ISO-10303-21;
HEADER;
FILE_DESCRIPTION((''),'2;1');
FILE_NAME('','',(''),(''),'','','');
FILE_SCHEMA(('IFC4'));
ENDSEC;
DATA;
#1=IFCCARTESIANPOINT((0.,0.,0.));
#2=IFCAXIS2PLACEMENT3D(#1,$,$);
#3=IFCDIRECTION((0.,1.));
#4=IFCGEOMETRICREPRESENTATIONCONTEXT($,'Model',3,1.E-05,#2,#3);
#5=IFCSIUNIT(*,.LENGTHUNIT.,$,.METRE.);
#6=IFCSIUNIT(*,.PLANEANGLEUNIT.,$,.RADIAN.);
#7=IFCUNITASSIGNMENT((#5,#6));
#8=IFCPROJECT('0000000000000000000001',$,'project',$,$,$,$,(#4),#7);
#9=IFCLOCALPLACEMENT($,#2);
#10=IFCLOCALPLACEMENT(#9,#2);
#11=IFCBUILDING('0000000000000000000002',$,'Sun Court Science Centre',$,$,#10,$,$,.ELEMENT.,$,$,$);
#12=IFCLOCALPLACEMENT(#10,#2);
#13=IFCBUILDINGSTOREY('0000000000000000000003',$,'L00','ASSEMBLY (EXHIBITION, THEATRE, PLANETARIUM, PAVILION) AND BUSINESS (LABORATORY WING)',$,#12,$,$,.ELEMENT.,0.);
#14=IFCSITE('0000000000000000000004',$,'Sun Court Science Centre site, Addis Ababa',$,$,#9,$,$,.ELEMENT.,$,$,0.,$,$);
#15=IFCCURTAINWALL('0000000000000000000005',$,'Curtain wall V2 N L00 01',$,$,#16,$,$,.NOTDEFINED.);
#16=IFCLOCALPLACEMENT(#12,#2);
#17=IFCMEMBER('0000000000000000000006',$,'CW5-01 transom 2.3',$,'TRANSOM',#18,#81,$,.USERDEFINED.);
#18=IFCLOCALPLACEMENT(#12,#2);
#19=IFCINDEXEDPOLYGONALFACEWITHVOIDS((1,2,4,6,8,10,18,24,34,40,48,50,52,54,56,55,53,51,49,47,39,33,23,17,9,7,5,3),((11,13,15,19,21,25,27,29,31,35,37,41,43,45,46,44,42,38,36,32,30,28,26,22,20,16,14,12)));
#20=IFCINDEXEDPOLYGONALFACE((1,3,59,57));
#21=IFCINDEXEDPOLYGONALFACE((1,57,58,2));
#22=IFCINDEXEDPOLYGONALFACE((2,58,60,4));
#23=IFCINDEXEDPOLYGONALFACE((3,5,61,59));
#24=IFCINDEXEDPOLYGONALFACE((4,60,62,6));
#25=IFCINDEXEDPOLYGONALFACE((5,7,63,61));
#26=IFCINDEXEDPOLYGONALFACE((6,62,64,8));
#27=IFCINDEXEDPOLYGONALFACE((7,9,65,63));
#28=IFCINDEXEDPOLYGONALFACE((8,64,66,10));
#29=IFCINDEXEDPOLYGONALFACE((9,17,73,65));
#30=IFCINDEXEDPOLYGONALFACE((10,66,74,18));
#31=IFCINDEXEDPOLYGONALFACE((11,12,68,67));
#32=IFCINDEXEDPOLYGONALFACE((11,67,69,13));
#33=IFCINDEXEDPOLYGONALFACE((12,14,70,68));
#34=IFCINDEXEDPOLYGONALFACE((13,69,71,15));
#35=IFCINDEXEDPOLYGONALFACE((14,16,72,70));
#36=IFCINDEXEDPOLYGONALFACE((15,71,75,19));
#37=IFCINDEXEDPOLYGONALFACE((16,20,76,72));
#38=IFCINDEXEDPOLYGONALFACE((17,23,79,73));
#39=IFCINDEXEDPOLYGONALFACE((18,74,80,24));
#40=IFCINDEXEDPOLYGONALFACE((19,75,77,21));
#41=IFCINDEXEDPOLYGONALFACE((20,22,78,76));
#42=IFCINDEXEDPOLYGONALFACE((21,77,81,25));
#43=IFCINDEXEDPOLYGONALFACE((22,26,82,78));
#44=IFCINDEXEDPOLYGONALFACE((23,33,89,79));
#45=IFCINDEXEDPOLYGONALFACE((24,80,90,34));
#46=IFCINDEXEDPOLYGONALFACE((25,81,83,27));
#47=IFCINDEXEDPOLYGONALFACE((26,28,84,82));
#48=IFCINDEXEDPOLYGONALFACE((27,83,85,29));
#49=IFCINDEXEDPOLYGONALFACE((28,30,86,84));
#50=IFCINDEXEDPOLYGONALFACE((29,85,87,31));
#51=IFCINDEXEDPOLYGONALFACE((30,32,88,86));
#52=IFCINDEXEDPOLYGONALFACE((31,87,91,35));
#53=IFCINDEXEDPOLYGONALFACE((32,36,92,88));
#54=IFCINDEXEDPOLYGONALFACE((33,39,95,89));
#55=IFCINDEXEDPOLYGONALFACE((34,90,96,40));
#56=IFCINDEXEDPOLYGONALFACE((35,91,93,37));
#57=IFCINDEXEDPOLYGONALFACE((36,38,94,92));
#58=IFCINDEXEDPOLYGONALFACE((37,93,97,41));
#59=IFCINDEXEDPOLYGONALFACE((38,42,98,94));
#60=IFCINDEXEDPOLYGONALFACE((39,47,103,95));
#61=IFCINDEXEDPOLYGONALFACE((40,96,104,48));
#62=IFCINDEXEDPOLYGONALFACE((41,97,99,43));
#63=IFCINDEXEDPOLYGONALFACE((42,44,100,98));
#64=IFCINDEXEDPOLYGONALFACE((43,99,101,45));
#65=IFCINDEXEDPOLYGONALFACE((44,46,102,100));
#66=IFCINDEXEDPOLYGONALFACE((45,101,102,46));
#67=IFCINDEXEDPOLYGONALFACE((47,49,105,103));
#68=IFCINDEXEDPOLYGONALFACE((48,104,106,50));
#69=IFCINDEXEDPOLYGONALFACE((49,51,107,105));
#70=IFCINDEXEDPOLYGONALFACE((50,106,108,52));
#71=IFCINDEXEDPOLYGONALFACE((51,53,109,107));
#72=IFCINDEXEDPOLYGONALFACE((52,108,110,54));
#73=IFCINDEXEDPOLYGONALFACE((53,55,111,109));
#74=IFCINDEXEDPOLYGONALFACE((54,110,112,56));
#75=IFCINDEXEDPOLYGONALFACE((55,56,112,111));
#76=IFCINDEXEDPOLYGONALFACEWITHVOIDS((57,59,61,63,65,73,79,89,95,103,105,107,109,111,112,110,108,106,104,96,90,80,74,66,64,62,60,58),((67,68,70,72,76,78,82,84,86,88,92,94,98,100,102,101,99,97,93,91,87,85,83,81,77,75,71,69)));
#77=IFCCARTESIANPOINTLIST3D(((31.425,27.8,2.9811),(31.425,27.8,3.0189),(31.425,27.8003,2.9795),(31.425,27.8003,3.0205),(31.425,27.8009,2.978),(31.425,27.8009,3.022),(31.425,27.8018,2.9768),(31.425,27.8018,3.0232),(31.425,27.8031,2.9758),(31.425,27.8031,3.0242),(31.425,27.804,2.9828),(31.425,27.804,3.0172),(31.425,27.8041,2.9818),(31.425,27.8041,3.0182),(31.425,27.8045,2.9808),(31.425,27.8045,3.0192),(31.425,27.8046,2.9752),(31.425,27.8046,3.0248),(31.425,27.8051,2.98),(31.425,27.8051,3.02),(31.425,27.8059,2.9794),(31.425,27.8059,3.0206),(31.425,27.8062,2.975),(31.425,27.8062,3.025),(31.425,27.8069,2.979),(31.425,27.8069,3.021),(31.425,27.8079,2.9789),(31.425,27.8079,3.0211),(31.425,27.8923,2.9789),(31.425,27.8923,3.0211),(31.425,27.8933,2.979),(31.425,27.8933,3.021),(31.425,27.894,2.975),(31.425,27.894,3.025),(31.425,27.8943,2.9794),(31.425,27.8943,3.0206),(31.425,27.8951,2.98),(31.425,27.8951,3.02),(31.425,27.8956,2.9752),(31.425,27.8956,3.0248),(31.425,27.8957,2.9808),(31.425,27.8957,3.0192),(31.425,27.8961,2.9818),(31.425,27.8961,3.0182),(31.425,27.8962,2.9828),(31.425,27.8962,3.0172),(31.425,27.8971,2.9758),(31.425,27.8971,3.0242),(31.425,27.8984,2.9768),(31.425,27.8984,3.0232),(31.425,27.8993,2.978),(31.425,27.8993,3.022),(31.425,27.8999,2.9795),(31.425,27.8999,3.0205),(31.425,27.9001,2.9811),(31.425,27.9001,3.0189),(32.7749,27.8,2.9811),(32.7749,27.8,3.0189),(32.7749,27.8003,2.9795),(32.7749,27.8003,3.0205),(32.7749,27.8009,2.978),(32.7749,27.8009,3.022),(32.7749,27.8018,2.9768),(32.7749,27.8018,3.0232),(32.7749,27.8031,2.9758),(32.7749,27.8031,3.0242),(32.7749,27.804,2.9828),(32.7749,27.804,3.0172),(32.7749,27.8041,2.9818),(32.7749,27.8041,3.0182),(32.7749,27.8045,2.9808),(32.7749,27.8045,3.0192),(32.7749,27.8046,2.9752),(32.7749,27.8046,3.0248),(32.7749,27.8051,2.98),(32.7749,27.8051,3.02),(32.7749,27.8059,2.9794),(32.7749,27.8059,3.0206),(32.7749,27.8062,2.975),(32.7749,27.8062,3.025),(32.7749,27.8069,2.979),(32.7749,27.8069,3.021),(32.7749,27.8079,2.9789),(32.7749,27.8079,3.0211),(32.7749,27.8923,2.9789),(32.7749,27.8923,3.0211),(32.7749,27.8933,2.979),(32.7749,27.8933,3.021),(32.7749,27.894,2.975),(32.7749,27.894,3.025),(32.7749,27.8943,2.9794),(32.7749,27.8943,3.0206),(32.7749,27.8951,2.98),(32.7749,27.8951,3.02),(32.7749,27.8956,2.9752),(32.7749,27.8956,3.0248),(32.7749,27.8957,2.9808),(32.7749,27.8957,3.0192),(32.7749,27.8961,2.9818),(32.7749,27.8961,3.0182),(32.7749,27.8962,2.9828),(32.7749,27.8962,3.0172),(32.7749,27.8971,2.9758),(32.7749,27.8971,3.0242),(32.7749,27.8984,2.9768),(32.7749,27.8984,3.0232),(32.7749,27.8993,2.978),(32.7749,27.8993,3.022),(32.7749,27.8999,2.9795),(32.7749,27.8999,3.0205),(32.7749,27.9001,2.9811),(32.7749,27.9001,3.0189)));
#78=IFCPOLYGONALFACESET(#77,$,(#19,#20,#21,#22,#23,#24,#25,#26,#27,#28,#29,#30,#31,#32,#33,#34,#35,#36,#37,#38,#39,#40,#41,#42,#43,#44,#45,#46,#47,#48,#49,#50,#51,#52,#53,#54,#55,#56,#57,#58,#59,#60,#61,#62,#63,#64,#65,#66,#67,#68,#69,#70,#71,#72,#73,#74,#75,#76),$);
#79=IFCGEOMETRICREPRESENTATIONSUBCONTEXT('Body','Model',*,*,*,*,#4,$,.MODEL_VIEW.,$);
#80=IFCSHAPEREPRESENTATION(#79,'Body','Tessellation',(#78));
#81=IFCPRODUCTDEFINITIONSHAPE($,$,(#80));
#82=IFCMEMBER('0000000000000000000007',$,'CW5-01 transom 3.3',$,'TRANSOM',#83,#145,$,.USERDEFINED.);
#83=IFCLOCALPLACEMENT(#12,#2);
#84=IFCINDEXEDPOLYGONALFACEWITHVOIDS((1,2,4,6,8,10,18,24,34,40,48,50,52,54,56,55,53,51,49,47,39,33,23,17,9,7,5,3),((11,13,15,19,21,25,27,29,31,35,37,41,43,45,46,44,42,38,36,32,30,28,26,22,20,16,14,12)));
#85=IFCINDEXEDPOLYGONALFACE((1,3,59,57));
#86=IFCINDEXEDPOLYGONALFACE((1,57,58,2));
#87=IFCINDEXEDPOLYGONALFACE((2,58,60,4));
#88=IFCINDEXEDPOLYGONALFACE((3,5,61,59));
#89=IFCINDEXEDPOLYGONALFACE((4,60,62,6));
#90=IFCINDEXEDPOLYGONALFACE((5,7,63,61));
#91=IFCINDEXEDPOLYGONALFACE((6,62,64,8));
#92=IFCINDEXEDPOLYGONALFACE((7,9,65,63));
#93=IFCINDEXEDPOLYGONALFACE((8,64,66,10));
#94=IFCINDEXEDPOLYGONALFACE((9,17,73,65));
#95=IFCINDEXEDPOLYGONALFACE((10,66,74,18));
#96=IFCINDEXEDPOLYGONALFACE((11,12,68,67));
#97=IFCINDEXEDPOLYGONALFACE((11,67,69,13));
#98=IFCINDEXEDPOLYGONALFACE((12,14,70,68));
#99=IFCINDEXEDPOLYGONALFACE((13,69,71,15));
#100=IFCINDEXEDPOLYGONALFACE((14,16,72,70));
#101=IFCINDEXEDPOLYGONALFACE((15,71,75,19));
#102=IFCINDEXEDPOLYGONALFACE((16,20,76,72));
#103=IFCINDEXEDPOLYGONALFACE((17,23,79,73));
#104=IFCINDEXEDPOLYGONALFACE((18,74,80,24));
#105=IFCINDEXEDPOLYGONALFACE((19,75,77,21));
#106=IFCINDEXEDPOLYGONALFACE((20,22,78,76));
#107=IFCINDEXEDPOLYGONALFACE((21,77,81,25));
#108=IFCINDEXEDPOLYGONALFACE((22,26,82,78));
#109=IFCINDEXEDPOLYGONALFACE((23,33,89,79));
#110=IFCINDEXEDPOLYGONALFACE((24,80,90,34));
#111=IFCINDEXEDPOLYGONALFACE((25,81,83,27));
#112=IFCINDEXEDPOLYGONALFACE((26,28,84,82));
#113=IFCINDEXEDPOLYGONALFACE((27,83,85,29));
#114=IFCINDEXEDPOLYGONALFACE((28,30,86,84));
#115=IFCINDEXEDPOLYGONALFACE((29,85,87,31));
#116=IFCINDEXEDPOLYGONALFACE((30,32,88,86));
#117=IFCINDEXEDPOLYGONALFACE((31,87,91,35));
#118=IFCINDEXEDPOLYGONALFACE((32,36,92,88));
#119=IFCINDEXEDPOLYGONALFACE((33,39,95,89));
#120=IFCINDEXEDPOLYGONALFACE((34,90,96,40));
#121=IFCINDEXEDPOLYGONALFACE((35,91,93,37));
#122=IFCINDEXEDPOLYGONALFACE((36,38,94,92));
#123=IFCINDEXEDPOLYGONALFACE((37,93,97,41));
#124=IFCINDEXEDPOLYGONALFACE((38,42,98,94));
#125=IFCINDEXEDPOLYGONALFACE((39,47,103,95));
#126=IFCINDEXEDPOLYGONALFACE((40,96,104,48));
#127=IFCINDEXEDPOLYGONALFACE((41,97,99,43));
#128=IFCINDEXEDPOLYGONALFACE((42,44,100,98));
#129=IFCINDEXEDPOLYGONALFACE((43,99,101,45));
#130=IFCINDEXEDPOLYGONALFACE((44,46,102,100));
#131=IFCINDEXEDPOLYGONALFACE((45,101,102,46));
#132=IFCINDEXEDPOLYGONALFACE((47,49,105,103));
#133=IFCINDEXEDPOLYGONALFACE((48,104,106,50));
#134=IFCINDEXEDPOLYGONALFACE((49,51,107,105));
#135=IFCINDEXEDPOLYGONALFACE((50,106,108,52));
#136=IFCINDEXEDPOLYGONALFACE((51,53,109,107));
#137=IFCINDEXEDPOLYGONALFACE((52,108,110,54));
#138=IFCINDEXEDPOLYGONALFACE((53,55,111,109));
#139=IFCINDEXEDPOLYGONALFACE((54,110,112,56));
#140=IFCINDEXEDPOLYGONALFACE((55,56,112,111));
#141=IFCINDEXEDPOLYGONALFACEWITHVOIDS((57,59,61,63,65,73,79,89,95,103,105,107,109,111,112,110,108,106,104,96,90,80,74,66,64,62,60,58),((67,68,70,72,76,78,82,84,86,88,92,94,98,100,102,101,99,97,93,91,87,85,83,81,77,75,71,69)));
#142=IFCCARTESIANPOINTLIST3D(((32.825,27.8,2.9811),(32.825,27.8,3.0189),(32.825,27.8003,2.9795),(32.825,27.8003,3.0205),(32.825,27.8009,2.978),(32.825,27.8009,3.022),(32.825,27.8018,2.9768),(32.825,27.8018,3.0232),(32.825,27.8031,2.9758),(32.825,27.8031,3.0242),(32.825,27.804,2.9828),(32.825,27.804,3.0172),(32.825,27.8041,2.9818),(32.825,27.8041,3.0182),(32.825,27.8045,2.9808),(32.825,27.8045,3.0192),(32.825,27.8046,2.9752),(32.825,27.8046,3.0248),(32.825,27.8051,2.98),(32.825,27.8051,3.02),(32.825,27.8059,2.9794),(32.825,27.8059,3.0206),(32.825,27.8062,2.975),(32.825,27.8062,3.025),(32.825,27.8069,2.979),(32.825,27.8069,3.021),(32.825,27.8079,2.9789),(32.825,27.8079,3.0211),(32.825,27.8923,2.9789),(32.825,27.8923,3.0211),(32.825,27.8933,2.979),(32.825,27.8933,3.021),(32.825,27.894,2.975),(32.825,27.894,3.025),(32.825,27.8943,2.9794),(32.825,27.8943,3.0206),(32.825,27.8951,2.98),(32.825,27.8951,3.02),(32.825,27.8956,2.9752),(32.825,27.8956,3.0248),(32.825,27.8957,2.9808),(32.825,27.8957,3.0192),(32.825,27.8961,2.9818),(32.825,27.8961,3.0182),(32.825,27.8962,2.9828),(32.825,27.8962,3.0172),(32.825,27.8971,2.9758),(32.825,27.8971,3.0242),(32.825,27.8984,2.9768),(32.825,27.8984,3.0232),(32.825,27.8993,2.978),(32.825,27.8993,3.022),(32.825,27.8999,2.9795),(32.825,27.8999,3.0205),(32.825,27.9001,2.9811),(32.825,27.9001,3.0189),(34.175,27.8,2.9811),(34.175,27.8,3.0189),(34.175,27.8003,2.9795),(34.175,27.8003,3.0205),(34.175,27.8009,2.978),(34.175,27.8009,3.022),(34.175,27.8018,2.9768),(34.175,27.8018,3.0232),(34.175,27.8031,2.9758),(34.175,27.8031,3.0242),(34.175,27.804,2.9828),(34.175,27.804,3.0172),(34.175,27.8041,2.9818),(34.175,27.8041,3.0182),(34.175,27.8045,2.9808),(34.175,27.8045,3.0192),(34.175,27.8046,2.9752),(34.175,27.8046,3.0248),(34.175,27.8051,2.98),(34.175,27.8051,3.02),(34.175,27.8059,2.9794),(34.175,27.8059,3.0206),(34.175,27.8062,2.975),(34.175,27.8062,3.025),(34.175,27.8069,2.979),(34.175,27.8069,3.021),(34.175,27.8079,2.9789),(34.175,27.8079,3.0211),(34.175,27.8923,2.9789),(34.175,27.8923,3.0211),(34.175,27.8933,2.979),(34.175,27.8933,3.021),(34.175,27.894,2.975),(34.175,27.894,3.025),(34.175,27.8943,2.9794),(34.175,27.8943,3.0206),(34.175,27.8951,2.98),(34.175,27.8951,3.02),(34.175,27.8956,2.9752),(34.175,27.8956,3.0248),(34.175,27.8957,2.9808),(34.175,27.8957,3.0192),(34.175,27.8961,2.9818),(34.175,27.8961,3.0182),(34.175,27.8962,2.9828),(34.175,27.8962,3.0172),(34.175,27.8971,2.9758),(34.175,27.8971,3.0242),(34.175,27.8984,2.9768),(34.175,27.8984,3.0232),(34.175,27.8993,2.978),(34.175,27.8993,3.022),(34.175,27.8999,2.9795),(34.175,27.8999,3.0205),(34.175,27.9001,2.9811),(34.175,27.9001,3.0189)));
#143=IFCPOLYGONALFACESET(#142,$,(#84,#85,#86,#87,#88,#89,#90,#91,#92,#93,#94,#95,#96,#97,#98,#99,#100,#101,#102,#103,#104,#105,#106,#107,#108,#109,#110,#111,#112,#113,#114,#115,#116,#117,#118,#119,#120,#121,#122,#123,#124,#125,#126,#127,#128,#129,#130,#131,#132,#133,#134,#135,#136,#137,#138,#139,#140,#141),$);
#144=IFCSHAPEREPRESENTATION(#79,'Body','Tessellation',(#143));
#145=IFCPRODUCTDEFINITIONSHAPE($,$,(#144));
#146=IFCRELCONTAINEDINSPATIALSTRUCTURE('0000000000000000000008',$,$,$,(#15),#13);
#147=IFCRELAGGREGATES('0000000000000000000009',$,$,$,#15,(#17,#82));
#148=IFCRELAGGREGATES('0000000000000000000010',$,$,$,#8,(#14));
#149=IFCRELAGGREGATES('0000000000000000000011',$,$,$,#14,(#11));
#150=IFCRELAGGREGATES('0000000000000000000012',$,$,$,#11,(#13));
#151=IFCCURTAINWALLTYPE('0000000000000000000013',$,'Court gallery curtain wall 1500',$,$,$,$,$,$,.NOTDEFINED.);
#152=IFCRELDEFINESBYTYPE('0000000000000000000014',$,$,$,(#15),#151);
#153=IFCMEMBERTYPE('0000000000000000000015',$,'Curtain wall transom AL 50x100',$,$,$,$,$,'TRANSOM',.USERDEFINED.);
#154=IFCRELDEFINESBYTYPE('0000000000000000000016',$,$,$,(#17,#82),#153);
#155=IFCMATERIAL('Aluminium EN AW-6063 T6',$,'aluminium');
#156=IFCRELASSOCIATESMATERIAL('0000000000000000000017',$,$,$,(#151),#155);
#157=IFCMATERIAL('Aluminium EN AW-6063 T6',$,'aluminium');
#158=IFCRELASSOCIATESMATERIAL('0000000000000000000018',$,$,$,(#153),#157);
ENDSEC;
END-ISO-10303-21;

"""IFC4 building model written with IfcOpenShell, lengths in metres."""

from ifc_helpers import new_model, si_unit, direction, frame, origin, origin_2d, place, context, subcontext, project, spatial, hollow_rectangle, extrude, material, material_profile, profile_set, type_object, element, aggregate, save


model = new_model("IFC4")

# Units and contexts
model_context = context("Model", 3, precision=1e-05, world=origin(), true_north=direction((0.0, 1.0)))
body_context = subcontext(model_context, "Body", "Model", "MODEL_VIEW")
ifc_project = project(units=[si_unit("LENGTHUNIT", "METRE"), si_unit("PLANEANGLEUNIT", "RADIAN")], contexts=[model_context])

# Site, building, storey
site_placement = place(None, origin())
site = spatial("IfcSite", under=ifc_project, at=site_placement, Name="Sun Court Science Centre site, Addis Ababa", CompositionType="ELEMENT", RefElevation=0.0)
building_placement = place(site_placement, origin())
building = spatial("IfcBuilding", under=site, at=building_placement, Name="Sun Court Science Centre", CompositionType="ELEMENT")
storey_placement = place(building_placement, origin())
storey = spatial("IfcBuildingStorey", under=building, at=storey_placement, Name="L00", Description="ASSEMBLY (EXHIBITION, THEATRE, PLANETARIUM, PAVILION) AND BUSINESS (LABORATORY WING)", CompositionType="ELEMENT", Elevation=0.0)

# Curtain wall, members
ifc_material_1 = material(Name="Aluminium EN AW-6063 T6", Category="aluminium")
curtain_wall_type = type_object("IfcCurtainWallType", Name="Court gallery curtain wall 1500", PredefinedType="NOTDEFINED", material=ifc_material_1)
curtain_wall_placement = place(storey_placement, origin())
curtain_wall = element("IfcCurtainWall", 1, at=curtain_wall_placement, inside=storey, type_object=curtain_wall_type, Name="Curtain wall V2 N L00 01", PredefinedType="NOTDEFINED")
ifc_material_2 = material(Name="Aluminium EN AW-6063 T6", Category="aluminium")
ifc_material_profile_1 = material_profile(ifc_material_2, hollow_rectangle(XDim=0.05, YDim=0.1001, WallThickness=0.0039, InnerFilletRadius=0.0039, OuterFilletRadius=0.0061, at=origin_2d()), Name="AL 50x100x4")
ifc_profile_set_1 = profile_set([ifc_material_profile_1], Name="Aluminium EN AW-6063 T6")
member_type_1 = type_object("IfcMemberType", Name="Curtain wall transom AL 50x100", ElementType="TRANSOM", PredefinedType="USERDEFINED", material=ifc_profile_set_1)
member_1_placement = place(storey_placement, frame((31.425, 27.8501, 3.0), z_axis=(1.0, 0.0, 0.0), x_axis=(0.0, 0.0, 1.0)))
member_1 = element("IfcMember", 2, at=member_1_placement, type_object=member_type_1, Name="CW5-01 transom 2.3", ObjectType="TRANSOM", PredefinedType="USERDEFINED", context=body_context, shape_type="SweptSolid", body=[
    extrude(hollow_rectangle(XDim=0.05, YDim=0.1001, WallThickness=0.0039, InnerFilletRadius=0.0039, OuterFilletRadius=0.0061, at=origin_2d()), origin(), (0.0, 0.0, 1.0), 1.3499),
])
member_2_placement = place(storey_placement, frame((32.825, 27.8501, 3.0), z_axis=(1.0, 0.0, 0.0), x_axis=(0.0, 0.0, 1.0)))
member_2 = element("IfcMember", 3, at=member_2_placement, type_object=member_type_1, Name="CW5-01 transom 3.3", ObjectType="TRANSOM", PredefinedType="USERDEFINED", context=body_context, shape_type="SweptSolid", body=[
    extrude(hollow_rectangle(XDim=0.05, YDim=0.1001, WallThickness=0.0039, InnerFilletRadius=0.0039, OuterFilletRadius=0.0061, at=origin_2d()), origin(), (0.0, 0.0, 1.0), 1.3501),
])
aggregate(curtain_wall, [member_1, member_2])

save(model, "model.ifc")
